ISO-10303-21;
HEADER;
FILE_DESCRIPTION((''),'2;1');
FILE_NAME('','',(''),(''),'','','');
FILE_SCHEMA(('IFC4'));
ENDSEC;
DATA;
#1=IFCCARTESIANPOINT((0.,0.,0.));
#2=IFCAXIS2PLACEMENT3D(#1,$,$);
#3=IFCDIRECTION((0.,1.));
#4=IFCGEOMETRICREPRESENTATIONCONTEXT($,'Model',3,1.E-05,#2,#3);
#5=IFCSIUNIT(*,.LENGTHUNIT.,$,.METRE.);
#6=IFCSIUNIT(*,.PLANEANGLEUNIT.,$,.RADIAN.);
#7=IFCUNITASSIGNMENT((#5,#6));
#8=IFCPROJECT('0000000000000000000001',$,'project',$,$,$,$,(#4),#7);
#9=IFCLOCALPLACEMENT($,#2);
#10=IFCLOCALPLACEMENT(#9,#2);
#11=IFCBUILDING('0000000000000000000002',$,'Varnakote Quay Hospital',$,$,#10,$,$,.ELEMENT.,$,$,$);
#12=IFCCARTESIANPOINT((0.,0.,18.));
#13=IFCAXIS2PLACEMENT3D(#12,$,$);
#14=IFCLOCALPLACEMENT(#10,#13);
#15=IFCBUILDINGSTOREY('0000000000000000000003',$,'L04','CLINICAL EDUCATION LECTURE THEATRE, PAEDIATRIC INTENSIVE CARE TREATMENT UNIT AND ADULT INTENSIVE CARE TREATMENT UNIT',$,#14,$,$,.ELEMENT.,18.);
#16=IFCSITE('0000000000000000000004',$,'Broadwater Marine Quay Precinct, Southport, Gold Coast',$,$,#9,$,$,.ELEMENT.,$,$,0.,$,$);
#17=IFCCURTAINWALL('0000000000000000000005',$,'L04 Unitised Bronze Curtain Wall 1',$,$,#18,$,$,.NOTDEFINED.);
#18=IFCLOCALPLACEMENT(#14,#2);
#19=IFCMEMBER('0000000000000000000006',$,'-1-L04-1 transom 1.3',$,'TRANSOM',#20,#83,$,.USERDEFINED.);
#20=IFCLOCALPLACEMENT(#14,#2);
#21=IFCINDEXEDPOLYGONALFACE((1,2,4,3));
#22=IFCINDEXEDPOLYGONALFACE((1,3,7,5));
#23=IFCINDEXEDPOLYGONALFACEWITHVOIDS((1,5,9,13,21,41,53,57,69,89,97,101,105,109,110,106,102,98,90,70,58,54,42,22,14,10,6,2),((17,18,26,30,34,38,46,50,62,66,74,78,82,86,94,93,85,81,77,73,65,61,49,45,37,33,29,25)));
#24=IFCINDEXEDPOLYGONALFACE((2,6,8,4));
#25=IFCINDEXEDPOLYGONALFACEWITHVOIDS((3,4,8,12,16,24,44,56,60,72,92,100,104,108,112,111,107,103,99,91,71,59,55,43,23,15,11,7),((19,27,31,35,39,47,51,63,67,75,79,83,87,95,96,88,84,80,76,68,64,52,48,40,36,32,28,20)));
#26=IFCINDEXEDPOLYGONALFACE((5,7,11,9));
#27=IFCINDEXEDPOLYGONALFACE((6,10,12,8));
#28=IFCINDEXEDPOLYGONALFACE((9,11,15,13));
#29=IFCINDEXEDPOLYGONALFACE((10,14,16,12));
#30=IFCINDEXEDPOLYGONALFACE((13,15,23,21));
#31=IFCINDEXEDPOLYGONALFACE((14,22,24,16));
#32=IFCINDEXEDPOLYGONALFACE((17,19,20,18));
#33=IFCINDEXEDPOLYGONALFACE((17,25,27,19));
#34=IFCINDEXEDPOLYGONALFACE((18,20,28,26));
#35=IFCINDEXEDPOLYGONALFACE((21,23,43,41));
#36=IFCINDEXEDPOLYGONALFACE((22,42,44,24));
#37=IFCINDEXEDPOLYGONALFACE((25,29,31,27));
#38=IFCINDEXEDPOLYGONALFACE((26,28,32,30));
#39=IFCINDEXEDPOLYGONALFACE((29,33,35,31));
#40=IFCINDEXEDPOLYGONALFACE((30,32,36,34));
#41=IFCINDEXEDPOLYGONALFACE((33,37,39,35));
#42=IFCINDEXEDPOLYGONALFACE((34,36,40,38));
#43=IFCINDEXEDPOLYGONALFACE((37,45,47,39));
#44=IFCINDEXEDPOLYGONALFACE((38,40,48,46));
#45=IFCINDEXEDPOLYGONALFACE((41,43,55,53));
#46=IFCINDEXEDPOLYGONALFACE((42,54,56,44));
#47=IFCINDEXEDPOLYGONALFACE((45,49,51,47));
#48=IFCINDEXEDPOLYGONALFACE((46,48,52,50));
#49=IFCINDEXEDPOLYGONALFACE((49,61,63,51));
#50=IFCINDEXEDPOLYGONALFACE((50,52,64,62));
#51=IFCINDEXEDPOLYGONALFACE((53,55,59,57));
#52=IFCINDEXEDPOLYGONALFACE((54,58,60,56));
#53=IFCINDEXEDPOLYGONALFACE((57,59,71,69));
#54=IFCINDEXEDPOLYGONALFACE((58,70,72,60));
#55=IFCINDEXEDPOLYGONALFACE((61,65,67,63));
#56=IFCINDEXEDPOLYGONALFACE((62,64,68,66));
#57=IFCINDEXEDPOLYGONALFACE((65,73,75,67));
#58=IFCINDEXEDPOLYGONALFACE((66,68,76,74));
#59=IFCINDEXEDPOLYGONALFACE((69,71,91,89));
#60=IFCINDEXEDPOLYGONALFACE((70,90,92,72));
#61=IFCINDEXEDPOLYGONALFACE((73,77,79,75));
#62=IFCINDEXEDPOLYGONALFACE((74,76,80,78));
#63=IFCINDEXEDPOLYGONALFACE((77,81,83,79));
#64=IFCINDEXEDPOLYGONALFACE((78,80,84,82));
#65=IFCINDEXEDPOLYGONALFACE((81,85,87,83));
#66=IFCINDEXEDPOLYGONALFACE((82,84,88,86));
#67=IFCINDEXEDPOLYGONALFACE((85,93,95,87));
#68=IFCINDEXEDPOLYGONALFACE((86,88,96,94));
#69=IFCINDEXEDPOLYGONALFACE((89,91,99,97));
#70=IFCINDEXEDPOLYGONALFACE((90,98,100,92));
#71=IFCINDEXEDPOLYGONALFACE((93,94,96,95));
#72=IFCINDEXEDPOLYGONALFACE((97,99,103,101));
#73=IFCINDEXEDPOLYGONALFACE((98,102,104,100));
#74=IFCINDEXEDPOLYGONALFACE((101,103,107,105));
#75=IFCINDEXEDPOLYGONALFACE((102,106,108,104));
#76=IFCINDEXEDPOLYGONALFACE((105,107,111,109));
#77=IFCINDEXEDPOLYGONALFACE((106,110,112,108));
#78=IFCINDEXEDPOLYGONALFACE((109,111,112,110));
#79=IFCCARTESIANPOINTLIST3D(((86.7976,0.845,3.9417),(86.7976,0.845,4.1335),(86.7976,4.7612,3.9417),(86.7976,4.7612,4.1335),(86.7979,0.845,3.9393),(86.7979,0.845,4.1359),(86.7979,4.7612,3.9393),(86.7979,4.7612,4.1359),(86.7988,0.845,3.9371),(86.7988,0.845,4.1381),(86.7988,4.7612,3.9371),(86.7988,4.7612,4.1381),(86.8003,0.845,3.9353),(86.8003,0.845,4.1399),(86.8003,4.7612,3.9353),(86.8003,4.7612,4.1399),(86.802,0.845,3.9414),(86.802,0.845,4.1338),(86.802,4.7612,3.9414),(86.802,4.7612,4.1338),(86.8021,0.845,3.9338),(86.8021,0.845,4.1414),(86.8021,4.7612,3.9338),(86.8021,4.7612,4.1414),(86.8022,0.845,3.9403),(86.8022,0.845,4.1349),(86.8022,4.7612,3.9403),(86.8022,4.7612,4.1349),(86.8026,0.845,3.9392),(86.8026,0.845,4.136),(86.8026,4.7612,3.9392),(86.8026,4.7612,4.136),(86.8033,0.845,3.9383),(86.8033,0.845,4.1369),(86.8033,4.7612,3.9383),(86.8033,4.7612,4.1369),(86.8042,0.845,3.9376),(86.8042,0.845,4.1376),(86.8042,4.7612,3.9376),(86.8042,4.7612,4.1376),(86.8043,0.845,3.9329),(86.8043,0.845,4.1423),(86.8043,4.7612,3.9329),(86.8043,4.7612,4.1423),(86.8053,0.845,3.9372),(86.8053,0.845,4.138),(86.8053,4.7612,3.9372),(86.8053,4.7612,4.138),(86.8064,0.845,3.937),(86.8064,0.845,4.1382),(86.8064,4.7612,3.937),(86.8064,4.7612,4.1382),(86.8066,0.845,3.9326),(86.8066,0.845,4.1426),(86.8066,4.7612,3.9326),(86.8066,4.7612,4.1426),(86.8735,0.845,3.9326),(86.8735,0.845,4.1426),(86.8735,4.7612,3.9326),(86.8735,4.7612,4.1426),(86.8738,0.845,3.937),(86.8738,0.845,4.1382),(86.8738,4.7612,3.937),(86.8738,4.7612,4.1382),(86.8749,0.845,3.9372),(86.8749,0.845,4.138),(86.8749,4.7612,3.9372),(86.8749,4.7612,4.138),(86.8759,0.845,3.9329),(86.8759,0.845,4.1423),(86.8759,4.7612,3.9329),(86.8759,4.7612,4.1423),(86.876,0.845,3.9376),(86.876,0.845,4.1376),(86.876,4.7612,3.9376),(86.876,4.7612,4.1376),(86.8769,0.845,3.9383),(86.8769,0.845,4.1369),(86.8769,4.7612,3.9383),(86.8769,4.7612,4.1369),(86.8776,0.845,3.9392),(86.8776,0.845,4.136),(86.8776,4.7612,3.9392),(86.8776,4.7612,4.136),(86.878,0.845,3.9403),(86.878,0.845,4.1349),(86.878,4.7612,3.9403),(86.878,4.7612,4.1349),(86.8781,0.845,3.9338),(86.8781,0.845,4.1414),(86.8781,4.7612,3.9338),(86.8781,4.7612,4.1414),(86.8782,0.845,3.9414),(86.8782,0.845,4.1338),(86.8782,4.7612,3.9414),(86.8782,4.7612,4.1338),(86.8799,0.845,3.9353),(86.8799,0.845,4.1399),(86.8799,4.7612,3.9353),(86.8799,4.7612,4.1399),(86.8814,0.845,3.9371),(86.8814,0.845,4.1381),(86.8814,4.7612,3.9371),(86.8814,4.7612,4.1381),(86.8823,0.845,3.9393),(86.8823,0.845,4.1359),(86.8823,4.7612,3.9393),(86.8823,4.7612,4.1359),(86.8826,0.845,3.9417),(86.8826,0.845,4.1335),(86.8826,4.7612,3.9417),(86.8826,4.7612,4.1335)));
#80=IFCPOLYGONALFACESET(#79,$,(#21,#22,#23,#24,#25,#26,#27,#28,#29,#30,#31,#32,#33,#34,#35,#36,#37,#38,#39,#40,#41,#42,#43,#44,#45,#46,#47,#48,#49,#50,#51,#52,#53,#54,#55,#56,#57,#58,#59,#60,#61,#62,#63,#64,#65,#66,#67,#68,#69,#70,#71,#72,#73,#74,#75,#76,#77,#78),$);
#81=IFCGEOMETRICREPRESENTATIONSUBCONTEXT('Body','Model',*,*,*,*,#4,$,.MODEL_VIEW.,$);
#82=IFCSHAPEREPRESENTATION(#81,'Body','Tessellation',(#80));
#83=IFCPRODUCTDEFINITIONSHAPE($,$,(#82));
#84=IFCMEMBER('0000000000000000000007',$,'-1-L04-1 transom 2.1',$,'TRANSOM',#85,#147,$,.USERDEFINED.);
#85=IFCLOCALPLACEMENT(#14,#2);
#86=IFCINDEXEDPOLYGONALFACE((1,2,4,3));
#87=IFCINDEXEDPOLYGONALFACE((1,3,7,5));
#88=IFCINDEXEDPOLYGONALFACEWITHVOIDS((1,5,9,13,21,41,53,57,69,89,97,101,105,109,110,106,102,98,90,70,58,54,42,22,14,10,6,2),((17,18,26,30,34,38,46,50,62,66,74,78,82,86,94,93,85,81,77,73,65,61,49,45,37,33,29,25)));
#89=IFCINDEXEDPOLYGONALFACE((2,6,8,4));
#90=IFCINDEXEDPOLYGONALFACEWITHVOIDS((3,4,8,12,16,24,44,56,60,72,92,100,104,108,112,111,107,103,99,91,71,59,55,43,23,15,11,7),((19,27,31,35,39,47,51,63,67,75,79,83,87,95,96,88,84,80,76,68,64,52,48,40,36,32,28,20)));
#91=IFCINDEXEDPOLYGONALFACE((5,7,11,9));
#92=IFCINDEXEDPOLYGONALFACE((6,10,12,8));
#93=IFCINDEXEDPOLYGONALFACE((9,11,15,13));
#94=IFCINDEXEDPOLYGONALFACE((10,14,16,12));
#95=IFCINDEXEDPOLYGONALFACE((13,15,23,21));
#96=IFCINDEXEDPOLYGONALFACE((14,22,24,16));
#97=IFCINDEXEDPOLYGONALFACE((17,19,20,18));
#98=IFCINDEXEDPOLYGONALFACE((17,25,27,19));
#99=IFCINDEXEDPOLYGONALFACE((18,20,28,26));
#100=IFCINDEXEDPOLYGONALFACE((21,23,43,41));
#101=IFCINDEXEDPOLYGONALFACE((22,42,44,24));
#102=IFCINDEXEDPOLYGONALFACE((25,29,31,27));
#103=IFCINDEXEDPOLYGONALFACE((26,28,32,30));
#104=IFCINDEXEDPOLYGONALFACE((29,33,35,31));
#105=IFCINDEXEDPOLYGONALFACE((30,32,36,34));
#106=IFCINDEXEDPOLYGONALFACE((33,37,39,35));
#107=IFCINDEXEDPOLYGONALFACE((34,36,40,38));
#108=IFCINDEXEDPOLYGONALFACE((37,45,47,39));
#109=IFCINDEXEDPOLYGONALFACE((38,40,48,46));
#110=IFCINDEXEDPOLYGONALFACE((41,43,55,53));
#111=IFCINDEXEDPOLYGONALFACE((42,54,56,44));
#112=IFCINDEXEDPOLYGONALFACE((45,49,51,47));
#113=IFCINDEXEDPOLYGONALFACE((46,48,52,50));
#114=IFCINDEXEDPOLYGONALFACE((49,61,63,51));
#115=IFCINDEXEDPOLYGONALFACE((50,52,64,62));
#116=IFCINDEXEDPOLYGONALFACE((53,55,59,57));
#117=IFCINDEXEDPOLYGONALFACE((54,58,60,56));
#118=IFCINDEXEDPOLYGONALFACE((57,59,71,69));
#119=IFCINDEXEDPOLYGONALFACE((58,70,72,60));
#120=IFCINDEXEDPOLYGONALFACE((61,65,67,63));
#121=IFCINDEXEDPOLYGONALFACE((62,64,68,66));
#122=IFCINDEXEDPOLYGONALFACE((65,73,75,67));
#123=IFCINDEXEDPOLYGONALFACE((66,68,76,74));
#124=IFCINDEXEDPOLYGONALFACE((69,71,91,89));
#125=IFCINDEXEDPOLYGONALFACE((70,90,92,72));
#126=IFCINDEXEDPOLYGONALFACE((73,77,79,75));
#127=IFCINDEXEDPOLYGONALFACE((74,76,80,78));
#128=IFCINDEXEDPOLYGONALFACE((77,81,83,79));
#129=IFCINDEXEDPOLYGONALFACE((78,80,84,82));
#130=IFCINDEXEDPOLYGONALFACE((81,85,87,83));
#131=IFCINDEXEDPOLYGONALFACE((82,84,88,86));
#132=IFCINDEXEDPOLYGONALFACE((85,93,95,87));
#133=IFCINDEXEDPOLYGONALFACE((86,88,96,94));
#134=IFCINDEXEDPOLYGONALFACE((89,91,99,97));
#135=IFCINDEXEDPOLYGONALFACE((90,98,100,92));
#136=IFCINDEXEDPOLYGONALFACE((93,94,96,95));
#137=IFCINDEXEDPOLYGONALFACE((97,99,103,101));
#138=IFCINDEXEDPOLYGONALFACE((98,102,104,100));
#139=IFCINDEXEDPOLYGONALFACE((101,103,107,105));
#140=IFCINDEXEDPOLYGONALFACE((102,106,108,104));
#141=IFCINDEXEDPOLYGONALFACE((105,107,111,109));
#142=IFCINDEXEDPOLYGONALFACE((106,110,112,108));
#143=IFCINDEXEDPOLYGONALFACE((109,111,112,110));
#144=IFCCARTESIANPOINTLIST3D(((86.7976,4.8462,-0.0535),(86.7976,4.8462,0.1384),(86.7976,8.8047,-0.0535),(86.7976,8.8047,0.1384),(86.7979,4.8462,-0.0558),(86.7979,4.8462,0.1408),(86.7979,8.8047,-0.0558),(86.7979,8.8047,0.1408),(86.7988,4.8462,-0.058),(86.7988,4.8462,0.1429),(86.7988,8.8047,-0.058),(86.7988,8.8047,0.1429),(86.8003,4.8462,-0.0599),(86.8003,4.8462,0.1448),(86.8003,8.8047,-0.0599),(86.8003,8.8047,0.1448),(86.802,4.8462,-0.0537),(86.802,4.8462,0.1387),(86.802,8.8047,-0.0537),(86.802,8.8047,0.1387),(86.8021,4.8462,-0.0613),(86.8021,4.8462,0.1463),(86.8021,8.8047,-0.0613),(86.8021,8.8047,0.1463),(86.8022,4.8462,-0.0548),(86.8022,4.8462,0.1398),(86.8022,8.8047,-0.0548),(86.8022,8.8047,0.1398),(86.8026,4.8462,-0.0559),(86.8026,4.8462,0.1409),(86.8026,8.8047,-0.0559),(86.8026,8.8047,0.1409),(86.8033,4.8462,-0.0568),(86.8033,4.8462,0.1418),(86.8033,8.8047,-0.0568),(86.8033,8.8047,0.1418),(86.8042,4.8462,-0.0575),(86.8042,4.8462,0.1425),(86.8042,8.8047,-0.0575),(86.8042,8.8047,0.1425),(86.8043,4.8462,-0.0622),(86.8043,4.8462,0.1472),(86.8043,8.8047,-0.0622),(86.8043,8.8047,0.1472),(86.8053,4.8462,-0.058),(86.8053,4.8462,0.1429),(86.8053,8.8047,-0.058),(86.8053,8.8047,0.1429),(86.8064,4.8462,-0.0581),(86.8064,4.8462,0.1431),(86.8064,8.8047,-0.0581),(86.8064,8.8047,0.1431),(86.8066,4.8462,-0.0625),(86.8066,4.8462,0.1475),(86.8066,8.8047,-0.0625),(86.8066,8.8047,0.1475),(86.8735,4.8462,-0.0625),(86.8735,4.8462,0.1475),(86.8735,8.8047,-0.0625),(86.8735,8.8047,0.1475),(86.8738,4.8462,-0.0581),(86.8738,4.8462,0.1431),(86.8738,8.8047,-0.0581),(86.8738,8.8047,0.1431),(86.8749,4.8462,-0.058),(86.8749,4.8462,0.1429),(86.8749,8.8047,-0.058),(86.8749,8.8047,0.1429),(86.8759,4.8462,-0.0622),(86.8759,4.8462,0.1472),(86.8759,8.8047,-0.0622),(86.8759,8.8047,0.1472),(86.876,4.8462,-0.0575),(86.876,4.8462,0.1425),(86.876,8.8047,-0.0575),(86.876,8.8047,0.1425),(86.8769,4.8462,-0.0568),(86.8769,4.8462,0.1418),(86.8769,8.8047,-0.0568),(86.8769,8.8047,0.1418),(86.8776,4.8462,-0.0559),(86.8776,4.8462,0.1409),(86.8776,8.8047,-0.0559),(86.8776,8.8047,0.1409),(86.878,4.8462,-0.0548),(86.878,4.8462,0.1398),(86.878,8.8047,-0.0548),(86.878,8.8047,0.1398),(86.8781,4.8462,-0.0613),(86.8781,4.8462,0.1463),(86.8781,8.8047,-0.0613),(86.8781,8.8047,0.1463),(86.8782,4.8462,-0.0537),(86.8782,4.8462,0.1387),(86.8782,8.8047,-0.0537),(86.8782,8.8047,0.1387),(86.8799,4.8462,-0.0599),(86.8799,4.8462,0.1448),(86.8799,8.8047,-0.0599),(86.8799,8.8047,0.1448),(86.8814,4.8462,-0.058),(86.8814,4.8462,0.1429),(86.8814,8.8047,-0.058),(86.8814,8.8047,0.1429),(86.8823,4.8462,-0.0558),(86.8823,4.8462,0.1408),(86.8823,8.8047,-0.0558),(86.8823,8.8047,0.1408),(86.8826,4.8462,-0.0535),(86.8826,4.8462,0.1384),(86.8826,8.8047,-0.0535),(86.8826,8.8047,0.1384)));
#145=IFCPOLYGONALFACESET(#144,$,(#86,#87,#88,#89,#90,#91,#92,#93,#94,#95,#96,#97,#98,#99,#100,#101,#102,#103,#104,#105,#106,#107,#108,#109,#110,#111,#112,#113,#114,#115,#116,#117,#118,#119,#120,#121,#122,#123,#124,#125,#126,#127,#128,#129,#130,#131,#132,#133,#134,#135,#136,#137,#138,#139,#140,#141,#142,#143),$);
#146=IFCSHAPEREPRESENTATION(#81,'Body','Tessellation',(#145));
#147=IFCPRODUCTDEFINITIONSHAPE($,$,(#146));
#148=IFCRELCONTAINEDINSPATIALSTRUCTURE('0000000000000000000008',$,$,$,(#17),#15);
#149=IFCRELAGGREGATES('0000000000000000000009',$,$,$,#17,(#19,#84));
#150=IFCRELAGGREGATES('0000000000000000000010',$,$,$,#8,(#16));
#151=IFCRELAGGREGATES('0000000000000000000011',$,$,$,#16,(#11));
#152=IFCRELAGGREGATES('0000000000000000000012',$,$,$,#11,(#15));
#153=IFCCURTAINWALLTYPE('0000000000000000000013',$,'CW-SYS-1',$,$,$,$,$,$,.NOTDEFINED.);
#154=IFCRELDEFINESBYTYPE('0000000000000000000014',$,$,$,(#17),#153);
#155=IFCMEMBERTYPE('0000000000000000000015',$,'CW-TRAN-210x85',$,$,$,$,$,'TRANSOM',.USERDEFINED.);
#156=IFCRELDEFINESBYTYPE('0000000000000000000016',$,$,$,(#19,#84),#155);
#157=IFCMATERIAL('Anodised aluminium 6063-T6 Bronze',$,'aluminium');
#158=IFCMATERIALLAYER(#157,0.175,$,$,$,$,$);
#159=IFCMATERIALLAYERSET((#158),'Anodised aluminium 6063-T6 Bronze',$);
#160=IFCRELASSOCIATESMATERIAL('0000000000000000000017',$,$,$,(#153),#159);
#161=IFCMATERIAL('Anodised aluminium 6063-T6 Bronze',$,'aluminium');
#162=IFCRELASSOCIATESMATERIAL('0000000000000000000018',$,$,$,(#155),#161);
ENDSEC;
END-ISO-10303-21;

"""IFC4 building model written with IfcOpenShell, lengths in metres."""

from ifc_helpers import new_model, si_unit, direction, frame, origin, origin_2d, place, context, subcontext, project, spatial, hollow_rectangle, extrude, material, layer, layer_set, material_profile, profile_set, type_object, element, aggregate, save


model = new_model("IFC4")

# Units and contexts
model_context = context("Model", 3, precision=1e-05, world=origin(), true_north=direction((0.0, 1.0)))
body_context = subcontext(model_context, "Body", "Model", "MODEL_VIEW")
ifc_project = project(units=[si_unit("LENGTHUNIT", "METRE"), si_unit("PLANEANGLEUNIT", "RADIAN")], contexts=[model_context])

# Site, building, storey
site_placement = place(None, origin())
site = spatial("IfcSite", under=ifc_project, at=site_placement, Name="Broadwater Marine Quay Precinct, Southport, Gold Coast", CompositionType="ELEMENT", RefElevation=0.0)
building_placement = place(site_placement, origin())
building = spatial("IfcBuilding", under=site, at=building_placement, Name="Varnakote Quay Hospital", CompositionType="ELEMENT")
storey_placement = place(building_placement, frame((0.0, 0.0, 18.0)))
storey = spatial("IfcBuildingStorey", under=building, at=storey_placement, Name="L04", Description="CLINICAL EDUCATION LECTURE THEATRE, PAEDIATRIC INTENSIVE CARE TREATMENT UNIT AND ADULT INTENSIVE CARE TREATMENT UNIT", CompositionType="ELEMENT", Elevation=18.0)

# Curtain wall, members
ifc_material_1 = material(Name="Anodised aluminium 6063-T6 Bronze", Category="aluminium")
ifc_layer_1 = layer(ifc_material_1, 0.175)
ifc_layer_set_1 = layer_set([ifc_layer_1], Name="Anodised aluminium 6063-T6 Bronze")
curtain_wall_type = type_object("IfcCurtainWallType", Name="CW-SYS-1", PredefinedType="NOTDEFINED", material=ifc_layer_set_1)
curtain_wall_placement = place(storey_placement, origin())
curtain_wall = element("IfcCurtainWall", 1, at=curtain_wall_placement, inside=storey, type_object=curtain_wall_type, Name="L04 Unitised Bronze Curtain Wall 1", PredefinedType="NOTDEFINED")
ifc_material_2 = material(Name="Anodised aluminium 6063-T6 Bronze", Category="aluminium")
ifc_material_profile_1 = material_profile(ifc_material_2, hollow_rectangle(XDim=0.085, YDim=0.21, WallThickness=0.0044, InnerFilletRadius=0.0044, OuterFilletRadius=0.009, at=origin_2d()), Name="CW-TRAN-210x85")
ifc_profile_set_1 = profile_set([ifc_material_profile_1], Name="Anodised aluminium 6063-T6 Bronze")
member_type_1 = type_object("IfcMemberType", Name="CW-TRAN-210x85", ElementType="TRANSOM", PredefinedType="USERDEFINED", material=ifc_profile_set_1)
member_1_placement = place(storey_placement, frame((86.8401, 0.845, 4.0376), z_axis=(0.0, 1.0, 0.0), x_axis=(-1.0, 0.0, 0.0)))
member_1 = element("IfcMember", 2, at=member_1_placement, type_object=member_type_1, Name="-1-L04-1 transom 1.3", ObjectType="TRANSOM", PredefinedType="USERDEFINED", context=body_context, shape_type="SweptSolid", body=[
    extrude(hollow_rectangle(XDim=0.085, YDim=0.21, WallThickness=0.0044, InnerFilletRadius=0.0044, OuterFilletRadius=0.009, at=origin_2d()), origin(), (0.0, 0.0, 1.0), 3.9163),
])
member_2_placement = place(storey_placement, frame((86.8401, 4.8462, 0.0425), z_axis=(0.0, 1.0, 0.0), x_axis=(-1.0, 0.0, 0.0)))
member_2 = element("IfcMember", 3, at=member_2_placement, type_object=member_type_1, Name="-1-L04-1 transom 2.1", ObjectType="TRANSOM", PredefinedType="USERDEFINED", context=body_context, shape_type="SweptSolid", body=[
    extrude(hollow_rectangle(XDim=0.085, YDim=0.21, WallThickness=0.0044, InnerFilletRadius=0.0044, OuterFilletRadius=0.009, at=origin_2d()), origin(), (0.0, 0.0, 1.0), 3.9585),
])
aggregate(curtain_wall, [member_1, member_2])

save(model, "model.ifc")
